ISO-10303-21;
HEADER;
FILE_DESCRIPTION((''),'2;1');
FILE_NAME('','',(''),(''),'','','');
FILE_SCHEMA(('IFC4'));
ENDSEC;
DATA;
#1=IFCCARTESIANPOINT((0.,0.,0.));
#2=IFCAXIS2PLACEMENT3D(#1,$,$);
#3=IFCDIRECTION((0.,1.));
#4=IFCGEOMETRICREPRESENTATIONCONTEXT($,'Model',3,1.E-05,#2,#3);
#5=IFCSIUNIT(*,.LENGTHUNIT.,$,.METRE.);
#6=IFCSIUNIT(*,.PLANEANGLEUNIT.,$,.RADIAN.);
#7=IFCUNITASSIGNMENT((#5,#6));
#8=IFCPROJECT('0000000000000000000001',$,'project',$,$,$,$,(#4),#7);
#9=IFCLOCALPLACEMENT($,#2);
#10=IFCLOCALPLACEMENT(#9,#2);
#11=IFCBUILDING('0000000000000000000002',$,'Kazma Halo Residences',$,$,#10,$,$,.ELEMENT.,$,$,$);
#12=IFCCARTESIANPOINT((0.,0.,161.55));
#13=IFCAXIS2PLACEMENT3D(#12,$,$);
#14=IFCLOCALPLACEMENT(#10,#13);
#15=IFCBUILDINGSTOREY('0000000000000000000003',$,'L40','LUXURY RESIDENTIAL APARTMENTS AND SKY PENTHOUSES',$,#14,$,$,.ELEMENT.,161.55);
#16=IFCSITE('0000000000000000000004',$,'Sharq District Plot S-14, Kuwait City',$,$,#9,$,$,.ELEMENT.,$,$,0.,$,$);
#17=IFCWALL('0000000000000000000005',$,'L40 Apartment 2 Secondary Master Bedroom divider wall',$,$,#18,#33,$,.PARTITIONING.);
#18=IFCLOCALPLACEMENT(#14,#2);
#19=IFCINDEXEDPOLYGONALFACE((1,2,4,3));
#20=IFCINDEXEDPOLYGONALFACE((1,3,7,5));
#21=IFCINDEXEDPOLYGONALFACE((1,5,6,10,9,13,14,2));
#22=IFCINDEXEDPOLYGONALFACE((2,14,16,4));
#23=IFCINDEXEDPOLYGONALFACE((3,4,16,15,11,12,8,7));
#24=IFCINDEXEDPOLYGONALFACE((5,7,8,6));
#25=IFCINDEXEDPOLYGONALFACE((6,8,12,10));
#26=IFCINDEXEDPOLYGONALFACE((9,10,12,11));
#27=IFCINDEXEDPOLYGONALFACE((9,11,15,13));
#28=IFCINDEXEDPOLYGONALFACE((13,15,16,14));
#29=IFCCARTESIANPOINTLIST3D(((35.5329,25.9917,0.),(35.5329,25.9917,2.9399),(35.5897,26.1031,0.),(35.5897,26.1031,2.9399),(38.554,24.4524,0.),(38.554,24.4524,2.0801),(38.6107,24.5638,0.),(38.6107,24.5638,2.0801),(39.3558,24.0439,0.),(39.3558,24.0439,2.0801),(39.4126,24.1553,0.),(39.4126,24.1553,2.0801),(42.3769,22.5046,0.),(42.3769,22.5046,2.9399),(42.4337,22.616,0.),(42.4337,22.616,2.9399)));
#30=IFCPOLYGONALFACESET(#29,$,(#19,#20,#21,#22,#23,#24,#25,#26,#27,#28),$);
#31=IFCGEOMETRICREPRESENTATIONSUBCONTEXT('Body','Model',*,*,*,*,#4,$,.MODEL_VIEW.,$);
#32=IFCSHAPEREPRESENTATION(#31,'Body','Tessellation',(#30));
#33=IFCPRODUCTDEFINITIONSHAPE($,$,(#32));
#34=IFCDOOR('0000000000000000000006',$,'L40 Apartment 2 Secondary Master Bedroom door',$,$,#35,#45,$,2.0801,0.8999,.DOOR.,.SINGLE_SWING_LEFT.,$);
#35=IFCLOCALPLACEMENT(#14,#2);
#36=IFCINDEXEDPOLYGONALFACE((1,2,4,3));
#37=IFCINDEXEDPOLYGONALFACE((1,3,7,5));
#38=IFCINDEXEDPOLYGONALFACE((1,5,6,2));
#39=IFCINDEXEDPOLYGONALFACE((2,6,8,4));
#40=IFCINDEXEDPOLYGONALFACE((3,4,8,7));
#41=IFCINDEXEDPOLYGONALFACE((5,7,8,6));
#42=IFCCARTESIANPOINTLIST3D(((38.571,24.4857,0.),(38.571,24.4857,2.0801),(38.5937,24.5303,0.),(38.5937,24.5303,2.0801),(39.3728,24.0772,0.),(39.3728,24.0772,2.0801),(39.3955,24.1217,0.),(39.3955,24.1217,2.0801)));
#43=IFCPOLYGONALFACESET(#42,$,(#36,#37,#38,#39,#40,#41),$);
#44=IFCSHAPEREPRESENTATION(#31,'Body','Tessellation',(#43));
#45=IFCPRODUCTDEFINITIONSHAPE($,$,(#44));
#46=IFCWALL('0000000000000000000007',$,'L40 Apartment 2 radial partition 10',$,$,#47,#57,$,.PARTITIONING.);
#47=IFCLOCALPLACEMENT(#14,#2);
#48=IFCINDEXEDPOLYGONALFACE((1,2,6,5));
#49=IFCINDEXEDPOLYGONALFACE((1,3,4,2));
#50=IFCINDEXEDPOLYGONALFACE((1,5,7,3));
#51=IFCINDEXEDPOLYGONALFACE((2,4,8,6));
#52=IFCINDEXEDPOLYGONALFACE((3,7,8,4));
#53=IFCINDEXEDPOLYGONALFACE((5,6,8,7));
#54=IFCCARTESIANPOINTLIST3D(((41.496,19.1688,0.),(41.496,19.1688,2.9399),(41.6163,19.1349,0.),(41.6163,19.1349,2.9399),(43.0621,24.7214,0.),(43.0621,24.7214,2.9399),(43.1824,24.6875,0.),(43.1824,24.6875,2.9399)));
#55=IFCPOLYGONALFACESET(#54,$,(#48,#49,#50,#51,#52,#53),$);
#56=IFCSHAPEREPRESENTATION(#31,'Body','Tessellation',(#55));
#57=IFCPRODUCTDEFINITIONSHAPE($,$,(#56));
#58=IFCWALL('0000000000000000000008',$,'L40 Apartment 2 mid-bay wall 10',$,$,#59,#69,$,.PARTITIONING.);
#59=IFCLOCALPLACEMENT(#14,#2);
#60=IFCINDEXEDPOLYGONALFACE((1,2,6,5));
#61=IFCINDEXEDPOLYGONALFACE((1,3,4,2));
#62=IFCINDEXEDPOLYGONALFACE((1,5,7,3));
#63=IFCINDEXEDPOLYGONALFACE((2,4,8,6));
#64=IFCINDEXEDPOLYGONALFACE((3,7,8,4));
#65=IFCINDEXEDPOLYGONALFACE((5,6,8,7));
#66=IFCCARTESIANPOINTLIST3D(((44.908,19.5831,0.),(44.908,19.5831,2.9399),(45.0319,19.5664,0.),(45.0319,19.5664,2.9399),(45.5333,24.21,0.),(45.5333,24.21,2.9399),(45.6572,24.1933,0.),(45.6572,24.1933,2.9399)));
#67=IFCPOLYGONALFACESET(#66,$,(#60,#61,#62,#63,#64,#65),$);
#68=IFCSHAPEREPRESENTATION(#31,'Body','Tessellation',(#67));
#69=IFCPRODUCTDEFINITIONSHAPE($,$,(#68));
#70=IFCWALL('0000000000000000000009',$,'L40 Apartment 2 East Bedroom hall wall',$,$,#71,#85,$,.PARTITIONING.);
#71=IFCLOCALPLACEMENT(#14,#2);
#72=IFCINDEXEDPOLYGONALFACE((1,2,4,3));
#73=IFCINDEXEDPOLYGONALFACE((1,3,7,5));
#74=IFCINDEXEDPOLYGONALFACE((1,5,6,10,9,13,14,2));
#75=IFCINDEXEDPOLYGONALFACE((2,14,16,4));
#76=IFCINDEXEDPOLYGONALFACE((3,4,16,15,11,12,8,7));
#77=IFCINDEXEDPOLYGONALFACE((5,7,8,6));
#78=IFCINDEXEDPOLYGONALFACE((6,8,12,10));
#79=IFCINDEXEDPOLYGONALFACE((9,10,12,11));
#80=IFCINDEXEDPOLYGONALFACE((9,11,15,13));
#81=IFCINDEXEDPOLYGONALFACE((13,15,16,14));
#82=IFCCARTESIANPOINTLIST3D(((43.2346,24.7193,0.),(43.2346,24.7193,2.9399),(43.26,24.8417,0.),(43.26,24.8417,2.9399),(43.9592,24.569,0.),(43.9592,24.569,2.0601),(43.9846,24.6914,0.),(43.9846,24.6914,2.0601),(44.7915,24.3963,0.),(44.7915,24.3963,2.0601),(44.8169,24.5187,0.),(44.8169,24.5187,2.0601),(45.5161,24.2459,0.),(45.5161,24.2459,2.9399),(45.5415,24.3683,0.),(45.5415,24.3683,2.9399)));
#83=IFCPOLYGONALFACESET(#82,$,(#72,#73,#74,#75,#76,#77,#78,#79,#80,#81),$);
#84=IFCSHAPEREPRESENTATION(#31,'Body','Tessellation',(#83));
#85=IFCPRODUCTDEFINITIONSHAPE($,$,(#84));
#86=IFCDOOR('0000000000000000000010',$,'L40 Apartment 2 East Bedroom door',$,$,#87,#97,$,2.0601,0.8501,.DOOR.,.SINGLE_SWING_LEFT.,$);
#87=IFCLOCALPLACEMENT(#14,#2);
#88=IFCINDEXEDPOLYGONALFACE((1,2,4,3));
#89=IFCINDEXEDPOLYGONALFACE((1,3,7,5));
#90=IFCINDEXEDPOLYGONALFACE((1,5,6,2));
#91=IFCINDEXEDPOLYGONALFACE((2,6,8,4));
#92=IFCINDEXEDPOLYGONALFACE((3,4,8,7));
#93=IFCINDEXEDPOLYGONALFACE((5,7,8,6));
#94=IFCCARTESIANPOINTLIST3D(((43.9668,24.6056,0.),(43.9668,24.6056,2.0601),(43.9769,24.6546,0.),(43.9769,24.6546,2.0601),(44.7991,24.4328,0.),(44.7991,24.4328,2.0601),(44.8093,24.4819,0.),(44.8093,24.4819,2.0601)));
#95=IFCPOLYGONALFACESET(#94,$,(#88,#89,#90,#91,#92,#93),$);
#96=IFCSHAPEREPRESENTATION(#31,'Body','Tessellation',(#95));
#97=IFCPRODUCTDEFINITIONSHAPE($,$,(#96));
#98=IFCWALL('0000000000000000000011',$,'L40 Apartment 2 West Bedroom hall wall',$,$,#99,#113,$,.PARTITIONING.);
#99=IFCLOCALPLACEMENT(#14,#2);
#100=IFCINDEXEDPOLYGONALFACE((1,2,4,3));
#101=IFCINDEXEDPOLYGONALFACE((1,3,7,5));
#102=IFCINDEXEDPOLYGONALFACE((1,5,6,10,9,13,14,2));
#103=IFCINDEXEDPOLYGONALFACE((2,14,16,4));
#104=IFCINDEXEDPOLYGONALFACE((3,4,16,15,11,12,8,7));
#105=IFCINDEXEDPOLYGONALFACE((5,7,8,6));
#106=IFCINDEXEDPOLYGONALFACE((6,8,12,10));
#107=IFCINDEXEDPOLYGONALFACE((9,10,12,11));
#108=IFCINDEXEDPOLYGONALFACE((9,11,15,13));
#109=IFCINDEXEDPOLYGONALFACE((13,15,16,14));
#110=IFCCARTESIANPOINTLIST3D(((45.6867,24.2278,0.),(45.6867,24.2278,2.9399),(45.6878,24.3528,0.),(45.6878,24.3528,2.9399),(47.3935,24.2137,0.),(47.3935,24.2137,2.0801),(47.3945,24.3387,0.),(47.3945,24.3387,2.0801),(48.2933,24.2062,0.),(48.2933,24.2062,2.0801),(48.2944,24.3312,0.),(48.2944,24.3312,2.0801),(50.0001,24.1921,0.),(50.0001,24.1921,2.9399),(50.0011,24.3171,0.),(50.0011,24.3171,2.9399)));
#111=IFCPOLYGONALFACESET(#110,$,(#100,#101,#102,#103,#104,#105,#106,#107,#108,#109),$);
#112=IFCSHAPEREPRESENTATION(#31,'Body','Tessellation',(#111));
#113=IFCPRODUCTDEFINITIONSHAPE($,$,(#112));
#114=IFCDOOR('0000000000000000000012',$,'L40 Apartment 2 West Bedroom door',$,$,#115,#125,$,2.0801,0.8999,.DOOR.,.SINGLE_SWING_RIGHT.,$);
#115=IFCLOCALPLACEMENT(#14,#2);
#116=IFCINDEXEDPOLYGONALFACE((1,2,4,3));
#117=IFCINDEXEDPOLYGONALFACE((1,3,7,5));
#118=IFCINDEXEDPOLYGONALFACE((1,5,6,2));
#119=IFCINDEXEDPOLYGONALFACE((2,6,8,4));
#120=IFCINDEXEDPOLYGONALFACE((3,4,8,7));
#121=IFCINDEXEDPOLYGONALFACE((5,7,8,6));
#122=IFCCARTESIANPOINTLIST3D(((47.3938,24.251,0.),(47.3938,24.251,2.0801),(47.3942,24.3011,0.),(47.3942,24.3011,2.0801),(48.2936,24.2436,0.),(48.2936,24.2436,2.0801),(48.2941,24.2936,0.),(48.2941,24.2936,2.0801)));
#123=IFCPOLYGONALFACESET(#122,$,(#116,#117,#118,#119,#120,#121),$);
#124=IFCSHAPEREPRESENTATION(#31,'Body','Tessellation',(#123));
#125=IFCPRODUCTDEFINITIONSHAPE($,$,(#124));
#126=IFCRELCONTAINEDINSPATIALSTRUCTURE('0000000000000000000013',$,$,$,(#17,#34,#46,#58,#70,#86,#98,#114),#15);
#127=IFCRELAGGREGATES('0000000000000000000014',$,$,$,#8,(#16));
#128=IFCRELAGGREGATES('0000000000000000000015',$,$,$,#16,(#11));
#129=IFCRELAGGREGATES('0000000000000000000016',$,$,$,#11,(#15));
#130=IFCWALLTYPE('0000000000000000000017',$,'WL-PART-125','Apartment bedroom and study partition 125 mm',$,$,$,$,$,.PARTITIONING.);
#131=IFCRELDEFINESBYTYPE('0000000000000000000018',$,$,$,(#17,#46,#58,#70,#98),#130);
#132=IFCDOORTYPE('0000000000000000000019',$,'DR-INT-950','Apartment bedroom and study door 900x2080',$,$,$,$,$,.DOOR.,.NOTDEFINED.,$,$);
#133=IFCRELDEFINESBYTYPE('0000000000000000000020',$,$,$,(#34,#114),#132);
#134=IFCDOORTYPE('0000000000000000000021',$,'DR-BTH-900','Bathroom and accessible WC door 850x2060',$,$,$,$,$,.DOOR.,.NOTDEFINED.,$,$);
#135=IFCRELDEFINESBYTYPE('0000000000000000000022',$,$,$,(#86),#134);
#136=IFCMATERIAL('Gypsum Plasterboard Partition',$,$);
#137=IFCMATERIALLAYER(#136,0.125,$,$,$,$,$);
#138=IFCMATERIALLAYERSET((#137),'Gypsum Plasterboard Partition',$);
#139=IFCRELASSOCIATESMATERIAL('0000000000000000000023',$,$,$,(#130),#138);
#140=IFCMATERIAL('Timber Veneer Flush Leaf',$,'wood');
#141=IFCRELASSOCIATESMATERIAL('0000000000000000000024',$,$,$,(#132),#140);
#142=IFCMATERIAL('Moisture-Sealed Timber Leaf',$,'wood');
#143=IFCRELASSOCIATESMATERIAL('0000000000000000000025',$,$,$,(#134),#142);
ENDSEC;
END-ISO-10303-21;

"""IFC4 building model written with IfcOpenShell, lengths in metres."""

from ifc_helpers import new_model, si_unit, direction, frame, frame_2d, origin, place, context, subcontext, project, spatial, rectangle, extrude, material, layer, layer_set, type_object, element, fill, save


model = new_model("IFC4")

# Units and contexts
model_context = context("Model", 3, precision=1e-05, world=origin(), true_north=direction((0.0, 1.0)))
body_context = subcontext(model_context, "Body", "Model", "MODEL_VIEW")
ifc_project = project(units=[si_unit("LENGTHUNIT", "METRE"), si_unit("PLANEANGLEUNIT", "RADIAN")], contexts=[model_context])

# Site, building, storey
site_placement = place(None, origin())
site = spatial("IfcSite", under=ifc_project, at=site_placement, Name="Sharq District Plot S-14, Kuwait City", CompositionType="ELEMENT", RefElevation=0.0)
building_placement = place(site_placement, origin())
building = spatial("IfcBuilding", under=site, at=building_placement, Name="Kazma Halo Residences", CompositionType="ELEMENT")
storey_placement = place(building_placement, frame((0.0, 0.0, 161.55)))
storey = spatial("IfcBuildingStorey", under=building, at=storey_placement, Name="L40", Description="LUXURY RESIDENTIAL APARTMENTS AND SKY PENTHOUSES", CompositionType="ELEMENT", Elevation=161.55)

# Shared definitions
ifc_material_1 = material(Name="Gypsum Plasterboard Partition")
ifc_layer_1 = layer(ifc_material_1, 0.125)
ifc_layer_set_1 = layer_set([ifc_layer_1], Name="Gypsum Plasterboard Partition")
wall_type_1 = type_object("IfcWallType", Name="WL-PART-125", Description="Apartment bedroom and study partition 125 mm", PredefinedType="PARTITIONING", material=ifc_layer_set_1)

# Wall, opening, door
wall_1_placement = place(storey_placement, frame((35.5613, 26.0474, 0.0), z_axis=(0.0, 0.0, 1.0), x_axis=(0.891013, -0.453977, 0.0)))
wall_1 = element("IfcWall", 1, at=wall_1_placement, inside=storey, type_object=wall_type_1, Name="L40 Apartment 2 Secondary Master Bedroom divider wall", PredefinedType="PARTITIONING", context=body_context, shape_type="SweptSolid", body=[
    extrude(rectangle(XDim=7.6812, YDim=0.125, at=frame_2d((3.8406, 0.0))), origin(), (0.0, 0.0, 1.0), 2.9399),
])
opening_1_placement = place(wall_1_placement, frame((3.3906, 0.0, 0.0)))
opening_1 = element("IfcOpeningElement", 2, at=opening_1_placement, cuts=wall_1, PredefinedType="OPENING", context=body_context, shape_type="SweptSolid", body=[
    extrude(rectangle(XDim=0.8999, YDim=2.0801, at=frame_2d((0.45, 1.04))), frame((0.0, 0.0725, 0.0), z_axis=(0.0, -1.0, 0.0), x_axis=(1.0, 0.0, 0.0)), (0.0, 0.0, 1.0), 0.145),
])
ifc_material_2 = material(Name="Timber Veneer Flush Leaf", Category="wood")
door_type_1 = type_object("IfcDoorType", Name="DR-INT-950", Description="Apartment bedroom and study door 900x2080", OperationType="NOTDEFINED", PredefinedType="DOOR", material=ifc_material_2)
door_1_placement = place(opening_1_placement, origin())
door_1 = element("IfcDoor", 3, at=door_1_placement, inside=storey, type_object=door_type_1, Name="L40 Apartment 2 Secondary Master Bedroom door", OperationType="SINGLE_SWING_LEFT", OverallHeight=2.0801, OverallWidth=0.8999, PredefinedType="DOOR", context=body_context, shape_type="SweptSolid", body=[
    extrude(rectangle(XDim=0.8999, YDim=2.0801, at=frame_2d((0.45, 1.04))), frame((0.0, 0.0249, 0.0), z_axis=(0.0, -1.0, 0.0), x_axis=(1.0, 0.0, 0.0)), (0.0, 0.0, 1.0), 0.05),
])
fill(opening_1, door_1)

# Walls
wall_2_placement = place(storey_placement, frame((43.1223, 24.7046, 0.0), z_axis=(0.0, 0.0, 1.0), x_axis=(-0.271461, -0.962449, 0.0)))
element("IfcWall", 4, at=wall_2_placement, inside=storey, type_object=wall_type_1, Name="L40 Apartment 2 radial partition 10", PredefinedType="PARTITIONING", context=body_context, shape_type="SweptSolid", body=[
    extrude(rectangle(XDim=5.7693, YDim=0.125, at=frame_2d((2.8848, 0.0))), origin(), (0.0, 0.0, 1.0), 2.9399),
])
wall_3_placement = place(storey_placement, frame((45.5952, 24.2017, 0.0), z_axis=(0.0, 0.0, 1.0), x_axis=(-0.133914, -0.990993, 0.0)))
element("IfcWall", 5, at=wall_3_placement, inside=storey, type_object=wall_type_1, Name="L40 Apartment 2 mid-bay wall 10", PredefinedType="PARTITIONING", context=body_context, shape_type="SweptSolid", body=[
    extrude(rectangle(XDim=4.6689, YDim=0.125, at=frame_2d((2.3345, 0.0))), origin(), (0.0, 0.0, 1.0), 2.9399),
])

# Walls, openings, doors
wall_4_placement = place(storey_placement, frame((43.2473, 24.7805, 0.0), z_axis=(0.0, 0.0, 1.0), x_axis=(0.979145, -0.203163, 0.0)))
wall_4 = element("IfcWall", 6, at=wall_4_placement, inside=storey, type_object=wall_type_1, Name="L40 Apartment 2 East Bedroom hall wall", PredefinedType="PARTITIONING", context=body_context, shape_type="SweptSolid", body=[
    extrude(rectangle(XDim=2.3301, YDim=0.125, at=frame_2d((1.165, 0.0))), origin(), (0.0, 0.0, 1.0), 2.9399),
])
opening_2_placement = place(wall_4_placement, frame((0.74, 0.0, 0.0)))
opening_2 = element("IfcOpeningElement", 7, at=opening_2_placement, cuts=wall_4, PredefinedType="OPENING", context=body_context, shape_type="SweptSolid", body=[
    extrude(rectangle(XDim=0.8501, YDim=2.0601, at=frame_2d((0.425, 1.03))), frame((0.0, 0.0725, 0.0), z_axis=(0.0, -1.0, 0.0), x_axis=(1.0, 0.0, 0.0)), (0.0, 0.0, 1.0), 0.145),
])
ifc_material_3 = material(Name="Moisture-Sealed Timber Leaf", Category="wood")
door_type_2 = type_object("IfcDoorType", Name="DR-BTH-900", Description="Bathroom and accessible WC door 850x2060", OperationType="NOTDEFINED", PredefinedType="DOOR", material=ifc_material_3)
door_2_placement = place(opening_2_placement, origin())
door_2 = element("IfcDoor", 8, at=door_2_placement, inside=storey, type_object=door_type_2, Name="L40 Apartment 2 East Bedroom door", OperationType="SINGLE_SWING_LEFT", OverallHeight=2.0601, OverallWidth=0.8501, PredefinedType="DOOR", context=body_context, shape_type="SweptSolid", body=[
    extrude(rectangle(XDim=0.8501, YDim=2.0601, at=frame_2d((0.425, 1.03))), frame((0.0, 0.0249, 0.0), z_axis=(0.0, -1.0, 0.0), x_axis=(1.0, 0.0, 0.0)), (0.0, 0.0, 1.0), 0.05),
])
fill(opening_2, door_2)
wall_5_placement = place(storey_placement, frame((45.6873, 24.2903, 0.0), z_axis=(0.0, 0.0, 1.0), x_axis=(0.999966, -0.008264, 0.0)))
wall_5 = element("IfcWall", 9, at=wall_5_placement, inside=storey, type_object=wall_type_1, Name="L40 Apartment 2 West Bedroom hall wall", PredefinedType="PARTITIONING", context=body_context, shape_type="SweptSolid", body=[
    extrude(rectangle(XDim=4.3135, YDim=0.125, at=frame_2d((2.1567, 0.0))), origin(), (0.0, 0.0, 1.0), 2.9399),
])
opening_3_placement = place(wall_5_placement, frame((1.7068, 0.0, 0.0)))
opening_3 = element("IfcOpeningElement", 10, at=opening_3_placement, cuts=wall_5, PredefinedType="OPENING", context=body_context, shape_type="SweptSolid", body=[
    extrude(rectangle(XDim=0.8999, YDim=2.0801, at=frame_2d((0.45, 1.04))), frame((0.0, 0.0725, 0.0), z_axis=(0.0, -1.0, 0.0), x_axis=(1.0, 0.0, 0.0)), (0.0, 0.0, 1.0), 0.145),
])
door_3_placement = place(opening_3_placement, origin())
door_3 = element("IfcDoor", 11, at=door_3_placement, inside=storey, type_object=door_type_1, Name="L40 Apartment 2 West Bedroom door", OperationType="SINGLE_SWING_RIGHT", OverallHeight=2.0801, OverallWidth=0.8999, PredefinedType="DOOR", context=body_context, shape_type="SweptSolid", body=[
    extrude(rectangle(XDim=0.8999, YDim=2.0801, at=frame_2d((0.45, 1.04))), frame((0.0, 0.0249, 0.0), z_axis=(0.0, -1.0, 0.0), x_axis=(1.0, 0.0, 0.0)), (0.0, 0.0, 1.0), 0.05),
])
fill(opening_3, door_3)

save(model, "model.ifc")
